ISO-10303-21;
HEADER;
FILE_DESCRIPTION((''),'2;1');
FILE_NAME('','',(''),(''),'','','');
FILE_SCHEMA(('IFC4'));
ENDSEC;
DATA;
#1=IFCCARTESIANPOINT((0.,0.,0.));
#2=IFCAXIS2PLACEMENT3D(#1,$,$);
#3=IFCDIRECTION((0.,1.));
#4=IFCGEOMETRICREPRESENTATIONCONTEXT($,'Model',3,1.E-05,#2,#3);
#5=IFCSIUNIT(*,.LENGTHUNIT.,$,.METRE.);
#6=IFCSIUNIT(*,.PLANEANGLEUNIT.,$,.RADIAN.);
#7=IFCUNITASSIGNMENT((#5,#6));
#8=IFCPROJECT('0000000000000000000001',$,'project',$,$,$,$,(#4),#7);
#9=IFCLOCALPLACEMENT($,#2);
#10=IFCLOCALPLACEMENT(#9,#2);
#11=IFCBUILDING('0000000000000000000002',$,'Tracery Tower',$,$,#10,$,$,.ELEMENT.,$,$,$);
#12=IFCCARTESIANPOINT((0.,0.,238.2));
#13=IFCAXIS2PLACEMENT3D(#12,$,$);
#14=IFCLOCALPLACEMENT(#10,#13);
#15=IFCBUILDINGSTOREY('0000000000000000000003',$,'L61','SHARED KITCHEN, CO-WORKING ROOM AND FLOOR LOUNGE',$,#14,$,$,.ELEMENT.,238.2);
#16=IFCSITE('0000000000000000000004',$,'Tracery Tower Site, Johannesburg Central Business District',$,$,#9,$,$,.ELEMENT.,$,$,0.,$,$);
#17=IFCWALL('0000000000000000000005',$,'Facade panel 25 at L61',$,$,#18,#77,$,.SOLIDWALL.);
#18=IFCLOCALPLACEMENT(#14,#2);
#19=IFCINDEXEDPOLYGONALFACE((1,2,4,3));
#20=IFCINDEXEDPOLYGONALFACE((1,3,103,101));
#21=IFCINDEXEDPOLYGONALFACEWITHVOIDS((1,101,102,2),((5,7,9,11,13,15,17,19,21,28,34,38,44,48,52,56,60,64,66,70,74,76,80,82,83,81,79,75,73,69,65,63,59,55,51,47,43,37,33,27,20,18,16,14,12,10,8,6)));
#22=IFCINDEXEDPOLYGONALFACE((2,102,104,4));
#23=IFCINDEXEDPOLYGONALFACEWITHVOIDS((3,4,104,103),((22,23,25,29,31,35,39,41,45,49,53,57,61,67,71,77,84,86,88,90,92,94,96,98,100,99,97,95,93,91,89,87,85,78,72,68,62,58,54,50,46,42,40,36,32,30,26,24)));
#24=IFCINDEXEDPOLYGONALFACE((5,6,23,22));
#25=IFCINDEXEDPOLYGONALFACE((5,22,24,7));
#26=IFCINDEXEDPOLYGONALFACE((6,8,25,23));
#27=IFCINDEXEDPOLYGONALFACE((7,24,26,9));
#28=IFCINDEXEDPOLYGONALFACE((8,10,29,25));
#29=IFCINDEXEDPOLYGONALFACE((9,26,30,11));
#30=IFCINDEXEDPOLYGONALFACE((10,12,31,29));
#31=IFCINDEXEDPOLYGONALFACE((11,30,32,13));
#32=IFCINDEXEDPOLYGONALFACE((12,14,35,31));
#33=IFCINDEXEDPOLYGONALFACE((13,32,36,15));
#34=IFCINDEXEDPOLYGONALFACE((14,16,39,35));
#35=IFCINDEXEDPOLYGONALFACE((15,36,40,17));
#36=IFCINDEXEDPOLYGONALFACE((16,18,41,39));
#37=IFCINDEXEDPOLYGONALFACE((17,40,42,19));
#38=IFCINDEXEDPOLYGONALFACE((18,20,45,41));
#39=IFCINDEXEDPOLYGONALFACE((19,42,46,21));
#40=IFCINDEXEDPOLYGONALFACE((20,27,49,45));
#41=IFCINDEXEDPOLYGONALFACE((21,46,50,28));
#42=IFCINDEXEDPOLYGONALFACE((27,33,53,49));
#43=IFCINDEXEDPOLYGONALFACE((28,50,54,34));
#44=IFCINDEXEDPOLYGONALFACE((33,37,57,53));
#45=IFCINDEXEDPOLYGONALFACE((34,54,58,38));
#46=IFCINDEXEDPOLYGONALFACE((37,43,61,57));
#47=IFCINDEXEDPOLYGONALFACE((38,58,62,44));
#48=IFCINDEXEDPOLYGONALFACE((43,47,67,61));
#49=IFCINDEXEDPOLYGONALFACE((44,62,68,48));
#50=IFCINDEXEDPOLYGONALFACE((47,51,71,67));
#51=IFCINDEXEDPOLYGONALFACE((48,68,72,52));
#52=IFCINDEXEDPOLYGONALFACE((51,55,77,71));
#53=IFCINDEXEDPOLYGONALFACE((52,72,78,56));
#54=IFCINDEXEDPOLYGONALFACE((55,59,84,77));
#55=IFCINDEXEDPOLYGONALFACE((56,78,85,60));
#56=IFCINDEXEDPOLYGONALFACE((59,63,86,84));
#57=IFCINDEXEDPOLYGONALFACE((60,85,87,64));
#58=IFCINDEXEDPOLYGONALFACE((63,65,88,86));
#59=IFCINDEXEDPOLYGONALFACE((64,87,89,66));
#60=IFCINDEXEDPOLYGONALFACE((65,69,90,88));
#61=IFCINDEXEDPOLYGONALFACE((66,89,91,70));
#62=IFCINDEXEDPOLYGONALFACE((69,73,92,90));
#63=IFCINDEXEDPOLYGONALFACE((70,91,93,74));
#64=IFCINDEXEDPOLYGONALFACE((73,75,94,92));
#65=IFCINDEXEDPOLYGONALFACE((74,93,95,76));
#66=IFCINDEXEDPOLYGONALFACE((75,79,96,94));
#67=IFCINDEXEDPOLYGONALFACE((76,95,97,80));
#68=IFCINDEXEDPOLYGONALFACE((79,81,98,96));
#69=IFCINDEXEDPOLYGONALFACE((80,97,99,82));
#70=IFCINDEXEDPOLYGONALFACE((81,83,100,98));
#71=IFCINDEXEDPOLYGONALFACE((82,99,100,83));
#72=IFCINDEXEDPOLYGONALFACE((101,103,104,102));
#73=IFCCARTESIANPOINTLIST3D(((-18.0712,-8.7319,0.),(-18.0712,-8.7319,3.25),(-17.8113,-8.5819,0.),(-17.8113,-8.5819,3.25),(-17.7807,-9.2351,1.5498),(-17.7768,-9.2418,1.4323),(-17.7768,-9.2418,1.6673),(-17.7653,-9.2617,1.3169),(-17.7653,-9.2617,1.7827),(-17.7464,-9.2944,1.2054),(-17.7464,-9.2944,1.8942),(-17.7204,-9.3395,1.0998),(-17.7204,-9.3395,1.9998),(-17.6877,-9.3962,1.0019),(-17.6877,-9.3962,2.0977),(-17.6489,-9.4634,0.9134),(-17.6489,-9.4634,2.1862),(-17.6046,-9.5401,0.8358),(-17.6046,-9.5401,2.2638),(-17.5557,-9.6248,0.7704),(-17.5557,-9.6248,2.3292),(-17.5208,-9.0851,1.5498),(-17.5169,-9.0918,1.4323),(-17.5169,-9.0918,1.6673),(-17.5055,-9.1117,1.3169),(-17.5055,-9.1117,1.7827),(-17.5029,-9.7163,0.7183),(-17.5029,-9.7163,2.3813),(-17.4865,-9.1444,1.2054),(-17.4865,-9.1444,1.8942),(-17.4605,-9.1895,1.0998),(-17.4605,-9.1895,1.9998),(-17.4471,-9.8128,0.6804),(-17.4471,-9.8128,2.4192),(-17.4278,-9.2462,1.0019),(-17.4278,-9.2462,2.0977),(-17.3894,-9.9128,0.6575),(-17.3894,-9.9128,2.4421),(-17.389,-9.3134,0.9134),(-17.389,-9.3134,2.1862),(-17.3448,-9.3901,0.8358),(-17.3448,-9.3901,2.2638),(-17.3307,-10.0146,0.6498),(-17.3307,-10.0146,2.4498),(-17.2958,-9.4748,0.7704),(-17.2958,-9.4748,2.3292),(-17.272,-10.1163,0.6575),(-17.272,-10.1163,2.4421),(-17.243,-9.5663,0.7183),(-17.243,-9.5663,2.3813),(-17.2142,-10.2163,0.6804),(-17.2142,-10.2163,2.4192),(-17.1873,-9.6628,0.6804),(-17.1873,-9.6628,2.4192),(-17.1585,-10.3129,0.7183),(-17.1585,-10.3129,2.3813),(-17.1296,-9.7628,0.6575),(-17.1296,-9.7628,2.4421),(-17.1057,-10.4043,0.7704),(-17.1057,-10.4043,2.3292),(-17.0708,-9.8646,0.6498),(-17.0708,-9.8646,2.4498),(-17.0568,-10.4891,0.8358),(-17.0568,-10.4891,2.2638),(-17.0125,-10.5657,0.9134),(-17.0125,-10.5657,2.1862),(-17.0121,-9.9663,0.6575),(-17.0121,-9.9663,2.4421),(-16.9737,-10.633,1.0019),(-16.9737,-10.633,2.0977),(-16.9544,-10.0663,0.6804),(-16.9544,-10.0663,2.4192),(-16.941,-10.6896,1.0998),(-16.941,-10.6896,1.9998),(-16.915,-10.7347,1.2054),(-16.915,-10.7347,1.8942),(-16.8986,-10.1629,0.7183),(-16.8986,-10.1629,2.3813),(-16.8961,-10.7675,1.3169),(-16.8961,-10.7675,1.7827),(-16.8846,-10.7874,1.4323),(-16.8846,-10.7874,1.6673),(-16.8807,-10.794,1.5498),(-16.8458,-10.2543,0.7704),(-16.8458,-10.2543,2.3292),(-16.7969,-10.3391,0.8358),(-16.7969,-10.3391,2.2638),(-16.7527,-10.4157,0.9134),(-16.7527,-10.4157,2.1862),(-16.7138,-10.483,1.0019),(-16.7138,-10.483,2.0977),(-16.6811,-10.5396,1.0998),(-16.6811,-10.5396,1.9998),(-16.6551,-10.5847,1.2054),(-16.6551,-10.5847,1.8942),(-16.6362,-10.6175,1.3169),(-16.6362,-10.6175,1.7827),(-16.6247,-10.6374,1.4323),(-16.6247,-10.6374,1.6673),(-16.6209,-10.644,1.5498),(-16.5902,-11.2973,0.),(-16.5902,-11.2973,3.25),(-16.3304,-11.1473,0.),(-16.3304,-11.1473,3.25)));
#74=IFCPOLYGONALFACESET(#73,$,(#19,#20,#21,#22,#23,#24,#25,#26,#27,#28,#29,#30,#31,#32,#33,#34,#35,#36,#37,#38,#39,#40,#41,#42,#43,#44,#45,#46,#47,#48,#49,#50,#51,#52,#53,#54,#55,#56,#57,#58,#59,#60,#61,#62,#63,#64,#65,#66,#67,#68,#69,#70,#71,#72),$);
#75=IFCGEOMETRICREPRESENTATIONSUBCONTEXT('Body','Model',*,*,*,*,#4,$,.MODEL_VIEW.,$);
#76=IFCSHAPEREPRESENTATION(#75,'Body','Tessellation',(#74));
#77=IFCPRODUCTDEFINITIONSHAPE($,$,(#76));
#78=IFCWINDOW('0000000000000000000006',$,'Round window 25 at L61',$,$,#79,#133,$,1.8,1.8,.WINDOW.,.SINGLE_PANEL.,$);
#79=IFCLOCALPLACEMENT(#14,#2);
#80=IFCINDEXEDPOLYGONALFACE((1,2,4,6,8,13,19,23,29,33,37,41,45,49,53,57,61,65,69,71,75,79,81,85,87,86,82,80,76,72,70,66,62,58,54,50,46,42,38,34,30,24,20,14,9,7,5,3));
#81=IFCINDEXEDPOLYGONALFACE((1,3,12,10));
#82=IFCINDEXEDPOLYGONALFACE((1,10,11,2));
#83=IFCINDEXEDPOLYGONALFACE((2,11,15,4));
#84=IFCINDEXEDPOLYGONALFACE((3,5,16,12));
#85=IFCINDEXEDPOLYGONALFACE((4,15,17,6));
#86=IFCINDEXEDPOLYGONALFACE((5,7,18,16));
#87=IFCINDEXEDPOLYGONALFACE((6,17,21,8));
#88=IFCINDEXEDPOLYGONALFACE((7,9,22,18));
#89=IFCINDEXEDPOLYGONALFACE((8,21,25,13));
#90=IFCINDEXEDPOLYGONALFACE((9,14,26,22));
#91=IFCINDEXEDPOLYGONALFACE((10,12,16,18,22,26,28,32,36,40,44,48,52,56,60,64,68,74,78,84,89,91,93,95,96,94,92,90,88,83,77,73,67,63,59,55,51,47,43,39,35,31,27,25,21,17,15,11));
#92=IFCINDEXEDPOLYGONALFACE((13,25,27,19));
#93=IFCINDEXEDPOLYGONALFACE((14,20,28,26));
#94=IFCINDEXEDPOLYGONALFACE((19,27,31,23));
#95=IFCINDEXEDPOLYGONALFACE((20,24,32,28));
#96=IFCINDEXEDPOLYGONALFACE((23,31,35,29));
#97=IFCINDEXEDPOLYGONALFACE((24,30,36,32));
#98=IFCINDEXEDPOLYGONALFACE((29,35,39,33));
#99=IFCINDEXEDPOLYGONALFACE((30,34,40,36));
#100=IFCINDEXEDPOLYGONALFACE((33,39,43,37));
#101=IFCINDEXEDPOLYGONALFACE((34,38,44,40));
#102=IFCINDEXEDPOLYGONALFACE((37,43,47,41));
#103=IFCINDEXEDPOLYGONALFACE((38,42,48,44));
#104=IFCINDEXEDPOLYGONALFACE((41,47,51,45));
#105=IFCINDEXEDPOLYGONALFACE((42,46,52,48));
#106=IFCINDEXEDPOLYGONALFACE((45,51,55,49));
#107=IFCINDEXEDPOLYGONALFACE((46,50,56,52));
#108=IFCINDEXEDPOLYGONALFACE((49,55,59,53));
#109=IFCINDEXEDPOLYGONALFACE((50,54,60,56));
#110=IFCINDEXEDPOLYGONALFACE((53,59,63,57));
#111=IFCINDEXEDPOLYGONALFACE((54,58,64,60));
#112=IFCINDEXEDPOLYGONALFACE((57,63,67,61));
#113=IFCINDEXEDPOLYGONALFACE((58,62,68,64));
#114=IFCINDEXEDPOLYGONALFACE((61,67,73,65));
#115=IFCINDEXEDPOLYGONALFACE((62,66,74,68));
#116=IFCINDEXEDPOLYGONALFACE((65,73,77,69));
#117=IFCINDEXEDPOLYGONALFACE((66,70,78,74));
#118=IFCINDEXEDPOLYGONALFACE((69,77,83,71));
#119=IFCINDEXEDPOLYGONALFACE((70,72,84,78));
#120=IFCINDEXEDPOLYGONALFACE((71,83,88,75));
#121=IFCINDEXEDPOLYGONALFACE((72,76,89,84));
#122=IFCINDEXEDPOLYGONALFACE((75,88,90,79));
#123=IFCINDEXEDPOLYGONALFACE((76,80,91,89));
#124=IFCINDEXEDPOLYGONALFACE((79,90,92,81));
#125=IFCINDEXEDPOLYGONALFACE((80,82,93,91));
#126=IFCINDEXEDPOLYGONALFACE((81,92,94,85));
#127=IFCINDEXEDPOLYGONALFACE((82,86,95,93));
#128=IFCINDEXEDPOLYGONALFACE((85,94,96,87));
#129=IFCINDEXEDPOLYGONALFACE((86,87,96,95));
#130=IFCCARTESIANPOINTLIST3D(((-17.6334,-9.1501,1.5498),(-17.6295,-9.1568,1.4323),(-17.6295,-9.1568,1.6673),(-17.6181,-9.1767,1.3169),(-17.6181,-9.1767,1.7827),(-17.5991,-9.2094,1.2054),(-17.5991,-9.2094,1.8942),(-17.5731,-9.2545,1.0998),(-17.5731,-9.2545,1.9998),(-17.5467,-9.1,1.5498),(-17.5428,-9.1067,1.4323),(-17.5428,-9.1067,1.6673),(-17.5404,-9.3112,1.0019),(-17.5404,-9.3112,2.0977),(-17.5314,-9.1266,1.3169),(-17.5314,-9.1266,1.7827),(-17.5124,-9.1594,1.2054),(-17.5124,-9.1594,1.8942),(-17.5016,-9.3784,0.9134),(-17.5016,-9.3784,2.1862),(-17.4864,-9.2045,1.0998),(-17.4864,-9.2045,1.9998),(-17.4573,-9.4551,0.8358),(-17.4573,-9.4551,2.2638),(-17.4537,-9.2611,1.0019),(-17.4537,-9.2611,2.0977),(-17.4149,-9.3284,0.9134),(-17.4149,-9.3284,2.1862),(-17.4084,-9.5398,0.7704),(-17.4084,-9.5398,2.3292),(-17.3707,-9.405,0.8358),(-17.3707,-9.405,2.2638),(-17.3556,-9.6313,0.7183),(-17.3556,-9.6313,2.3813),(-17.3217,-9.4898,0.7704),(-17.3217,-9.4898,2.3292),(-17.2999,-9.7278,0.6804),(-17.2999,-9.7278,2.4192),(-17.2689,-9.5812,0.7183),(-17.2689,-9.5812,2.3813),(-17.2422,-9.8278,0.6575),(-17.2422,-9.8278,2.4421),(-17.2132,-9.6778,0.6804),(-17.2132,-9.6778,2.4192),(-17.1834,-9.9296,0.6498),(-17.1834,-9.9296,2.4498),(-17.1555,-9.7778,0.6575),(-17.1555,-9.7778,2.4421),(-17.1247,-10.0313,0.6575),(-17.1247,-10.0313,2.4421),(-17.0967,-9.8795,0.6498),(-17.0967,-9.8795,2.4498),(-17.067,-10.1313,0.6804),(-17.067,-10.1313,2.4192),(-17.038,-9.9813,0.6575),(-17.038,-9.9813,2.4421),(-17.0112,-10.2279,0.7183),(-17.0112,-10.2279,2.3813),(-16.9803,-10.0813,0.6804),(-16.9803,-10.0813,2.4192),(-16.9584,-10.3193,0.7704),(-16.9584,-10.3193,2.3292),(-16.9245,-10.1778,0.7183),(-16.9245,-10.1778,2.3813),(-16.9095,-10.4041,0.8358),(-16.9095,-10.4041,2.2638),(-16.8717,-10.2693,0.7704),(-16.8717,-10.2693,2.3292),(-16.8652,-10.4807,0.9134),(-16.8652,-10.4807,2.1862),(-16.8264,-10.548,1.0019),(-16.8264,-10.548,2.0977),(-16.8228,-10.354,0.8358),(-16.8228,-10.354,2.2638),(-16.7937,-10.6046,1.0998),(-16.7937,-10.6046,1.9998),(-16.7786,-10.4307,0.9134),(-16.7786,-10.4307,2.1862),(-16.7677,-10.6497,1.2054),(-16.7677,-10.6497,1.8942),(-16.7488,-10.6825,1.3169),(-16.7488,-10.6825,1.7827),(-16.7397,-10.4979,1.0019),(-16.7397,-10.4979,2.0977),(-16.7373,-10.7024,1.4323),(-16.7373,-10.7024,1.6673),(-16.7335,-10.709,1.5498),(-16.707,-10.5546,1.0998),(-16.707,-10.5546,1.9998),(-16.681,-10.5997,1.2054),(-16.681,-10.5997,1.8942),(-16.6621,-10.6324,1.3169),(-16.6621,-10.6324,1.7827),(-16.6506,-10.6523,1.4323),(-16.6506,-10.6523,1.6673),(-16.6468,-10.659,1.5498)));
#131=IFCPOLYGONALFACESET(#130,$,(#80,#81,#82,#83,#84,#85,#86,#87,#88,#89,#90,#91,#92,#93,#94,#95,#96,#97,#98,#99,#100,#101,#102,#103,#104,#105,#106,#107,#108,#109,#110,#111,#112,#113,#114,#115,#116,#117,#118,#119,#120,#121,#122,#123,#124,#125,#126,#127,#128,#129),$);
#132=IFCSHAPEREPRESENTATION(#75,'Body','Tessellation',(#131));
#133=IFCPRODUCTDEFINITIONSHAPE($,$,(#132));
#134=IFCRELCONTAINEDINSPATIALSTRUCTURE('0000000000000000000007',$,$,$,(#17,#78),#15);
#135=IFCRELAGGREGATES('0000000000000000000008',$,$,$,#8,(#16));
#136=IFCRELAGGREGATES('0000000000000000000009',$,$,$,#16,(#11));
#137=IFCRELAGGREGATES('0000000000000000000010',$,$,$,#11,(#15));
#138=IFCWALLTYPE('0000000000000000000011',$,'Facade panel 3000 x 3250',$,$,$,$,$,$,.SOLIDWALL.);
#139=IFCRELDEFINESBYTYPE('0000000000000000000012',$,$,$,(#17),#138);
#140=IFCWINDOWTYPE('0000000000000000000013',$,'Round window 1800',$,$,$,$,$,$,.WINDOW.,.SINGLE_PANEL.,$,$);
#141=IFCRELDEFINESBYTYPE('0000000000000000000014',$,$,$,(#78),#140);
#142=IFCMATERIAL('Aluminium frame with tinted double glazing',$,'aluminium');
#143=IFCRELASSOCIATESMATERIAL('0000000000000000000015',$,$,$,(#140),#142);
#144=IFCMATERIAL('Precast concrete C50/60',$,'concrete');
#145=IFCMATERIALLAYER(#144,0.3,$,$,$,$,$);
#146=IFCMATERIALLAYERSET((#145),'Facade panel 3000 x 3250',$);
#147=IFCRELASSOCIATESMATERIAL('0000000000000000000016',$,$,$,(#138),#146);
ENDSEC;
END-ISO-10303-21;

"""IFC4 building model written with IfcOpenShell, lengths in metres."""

from ifc_helpers import new_model, si_unit, direction, frame, frame_2d, origin, origin_2d, place, context, subcontext, project, spatial, rectangle, circle, extrude, material, layer, layer_set, type_object, element, fill, save


model = new_model("IFC4")

# Units and contexts
model_context = context("Model", 3, precision=1e-05, world=origin(), true_north=direction((0.0, 1.0)))
body_context = subcontext(model_context, "Body", "Model", "MODEL_VIEW")
ifc_project = project(units=[si_unit("LENGTHUNIT", "METRE"), si_unit("PLANEANGLEUNIT", "RADIAN")], contexts=[model_context])

# Site, building, storey
site_placement = place(None, origin())
site = spatial("IfcSite", under=ifc_project, at=site_placement, Name="Tracery Tower Site, Johannesburg Central Business District", CompositionType="ELEMENT", RefElevation=0.0)
building_placement = place(site_placement, origin())
building = spatial("IfcBuilding", under=site, at=building_placement, Name="Tracery Tower", CompositionType="ELEMENT")
storey_placement = place(building_placement, frame((0.0, 0.0, 238.2)))
storey = spatial("IfcBuildingStorey", under=building, at=storey_placement, Name="L61", Description="SHARED KITCHEN, CO-WORKING ROOM AND FLOOR LOUNGE", CompositionType="ELEMENT", Elevation=238.2)

# Wall, opening, window
ifc_material_1 = material(Name="Aluminium frame with tinted double glazing", Category="aluminium")
window_type = type_object("IfcWindowType", Name="Round window 1800", PartitioningType="SINGLE_PANEL", PredefinedType="WINDOW", material=ifc_material_1)
ifc_material_2 = material(Name="Precast concrete C50/60", Category="concrete")
ifc_layer_1 = layer(ifc_material_2, 0.3)
ifc_layer_set_1 = layer_set([ifc_layer_1], Name="Facade panel 3000 x 3250")
wall_type_1 = type_object("IfcWallType", Name="Facade panel 3000 x 3250", PredefinedType="SOLIDWALL", material=ifc_layer_set_1)
wall_1_placement = place(storey_placement, frame((-17.9412, -8.657, 0.0), z_axis=(0.0, 0.0, 1.0), x_axis=(0.499951, -0.866054, 0.0)))
wall_1 = element("IfcWall", 1, at=wall_1_placement, inside=storey, type_object=wall_type_1, Name="Facade panel 25 at L61", PredefinedType="SOLIDWALL", context=body_context, shape_type="SweptSolid", body=[
    extrude(rectangle(XDim=2.9622, YDim=0.3, at=frame_2d((1.481, 0.0))), origin(), (0.0, 0.0, 1.0), 3.25),
])
opening_1_placement = place(wall_1_placement, frame((1.481, 0.0, 1.5498)))
opening_1 = element("IfcOpeningElement", 2, at=opening_1_placement, cuts=wall_1, PredefinedType="OPENING", context=body_context, shape_type="SweptSolid", body=[
    extrude(circle(Radius=0.9, at=origin_2d()), frame((0.0, 0.1599, 0.0), z_axis=(0.0, -1.0, 0.0), x_axis=(1.0, 0.0, 0.0)), (0.0, 0.0, 1.0), 0.3201),
])
window_1_placement = place(opening_1_placement, origin())
window_1 = element("IfcWindow", 3, at=window_1_placement, inside=storey, type_object=window_type, Name="Round window 25 at L61", OverallHeight=1.8, OverallWidth=1.8, PartitioningType="SINGLE_PANEL", PredefinedType="WINDOW", context=body_context, shape_type="SweptSolid", body=[
    extrude(circle(Radius=0.9, at=origin_2d()), frame((0.0, 0.1201, 0.0), z_axis=(0.0, -1.0, 0.0), x_axis=(1.0, 0.0, 0.0)), (0.0, 0.0, 1.0), 0.1001),
])
fill(opening_1, window_1)

save(model, "model.ifc")
